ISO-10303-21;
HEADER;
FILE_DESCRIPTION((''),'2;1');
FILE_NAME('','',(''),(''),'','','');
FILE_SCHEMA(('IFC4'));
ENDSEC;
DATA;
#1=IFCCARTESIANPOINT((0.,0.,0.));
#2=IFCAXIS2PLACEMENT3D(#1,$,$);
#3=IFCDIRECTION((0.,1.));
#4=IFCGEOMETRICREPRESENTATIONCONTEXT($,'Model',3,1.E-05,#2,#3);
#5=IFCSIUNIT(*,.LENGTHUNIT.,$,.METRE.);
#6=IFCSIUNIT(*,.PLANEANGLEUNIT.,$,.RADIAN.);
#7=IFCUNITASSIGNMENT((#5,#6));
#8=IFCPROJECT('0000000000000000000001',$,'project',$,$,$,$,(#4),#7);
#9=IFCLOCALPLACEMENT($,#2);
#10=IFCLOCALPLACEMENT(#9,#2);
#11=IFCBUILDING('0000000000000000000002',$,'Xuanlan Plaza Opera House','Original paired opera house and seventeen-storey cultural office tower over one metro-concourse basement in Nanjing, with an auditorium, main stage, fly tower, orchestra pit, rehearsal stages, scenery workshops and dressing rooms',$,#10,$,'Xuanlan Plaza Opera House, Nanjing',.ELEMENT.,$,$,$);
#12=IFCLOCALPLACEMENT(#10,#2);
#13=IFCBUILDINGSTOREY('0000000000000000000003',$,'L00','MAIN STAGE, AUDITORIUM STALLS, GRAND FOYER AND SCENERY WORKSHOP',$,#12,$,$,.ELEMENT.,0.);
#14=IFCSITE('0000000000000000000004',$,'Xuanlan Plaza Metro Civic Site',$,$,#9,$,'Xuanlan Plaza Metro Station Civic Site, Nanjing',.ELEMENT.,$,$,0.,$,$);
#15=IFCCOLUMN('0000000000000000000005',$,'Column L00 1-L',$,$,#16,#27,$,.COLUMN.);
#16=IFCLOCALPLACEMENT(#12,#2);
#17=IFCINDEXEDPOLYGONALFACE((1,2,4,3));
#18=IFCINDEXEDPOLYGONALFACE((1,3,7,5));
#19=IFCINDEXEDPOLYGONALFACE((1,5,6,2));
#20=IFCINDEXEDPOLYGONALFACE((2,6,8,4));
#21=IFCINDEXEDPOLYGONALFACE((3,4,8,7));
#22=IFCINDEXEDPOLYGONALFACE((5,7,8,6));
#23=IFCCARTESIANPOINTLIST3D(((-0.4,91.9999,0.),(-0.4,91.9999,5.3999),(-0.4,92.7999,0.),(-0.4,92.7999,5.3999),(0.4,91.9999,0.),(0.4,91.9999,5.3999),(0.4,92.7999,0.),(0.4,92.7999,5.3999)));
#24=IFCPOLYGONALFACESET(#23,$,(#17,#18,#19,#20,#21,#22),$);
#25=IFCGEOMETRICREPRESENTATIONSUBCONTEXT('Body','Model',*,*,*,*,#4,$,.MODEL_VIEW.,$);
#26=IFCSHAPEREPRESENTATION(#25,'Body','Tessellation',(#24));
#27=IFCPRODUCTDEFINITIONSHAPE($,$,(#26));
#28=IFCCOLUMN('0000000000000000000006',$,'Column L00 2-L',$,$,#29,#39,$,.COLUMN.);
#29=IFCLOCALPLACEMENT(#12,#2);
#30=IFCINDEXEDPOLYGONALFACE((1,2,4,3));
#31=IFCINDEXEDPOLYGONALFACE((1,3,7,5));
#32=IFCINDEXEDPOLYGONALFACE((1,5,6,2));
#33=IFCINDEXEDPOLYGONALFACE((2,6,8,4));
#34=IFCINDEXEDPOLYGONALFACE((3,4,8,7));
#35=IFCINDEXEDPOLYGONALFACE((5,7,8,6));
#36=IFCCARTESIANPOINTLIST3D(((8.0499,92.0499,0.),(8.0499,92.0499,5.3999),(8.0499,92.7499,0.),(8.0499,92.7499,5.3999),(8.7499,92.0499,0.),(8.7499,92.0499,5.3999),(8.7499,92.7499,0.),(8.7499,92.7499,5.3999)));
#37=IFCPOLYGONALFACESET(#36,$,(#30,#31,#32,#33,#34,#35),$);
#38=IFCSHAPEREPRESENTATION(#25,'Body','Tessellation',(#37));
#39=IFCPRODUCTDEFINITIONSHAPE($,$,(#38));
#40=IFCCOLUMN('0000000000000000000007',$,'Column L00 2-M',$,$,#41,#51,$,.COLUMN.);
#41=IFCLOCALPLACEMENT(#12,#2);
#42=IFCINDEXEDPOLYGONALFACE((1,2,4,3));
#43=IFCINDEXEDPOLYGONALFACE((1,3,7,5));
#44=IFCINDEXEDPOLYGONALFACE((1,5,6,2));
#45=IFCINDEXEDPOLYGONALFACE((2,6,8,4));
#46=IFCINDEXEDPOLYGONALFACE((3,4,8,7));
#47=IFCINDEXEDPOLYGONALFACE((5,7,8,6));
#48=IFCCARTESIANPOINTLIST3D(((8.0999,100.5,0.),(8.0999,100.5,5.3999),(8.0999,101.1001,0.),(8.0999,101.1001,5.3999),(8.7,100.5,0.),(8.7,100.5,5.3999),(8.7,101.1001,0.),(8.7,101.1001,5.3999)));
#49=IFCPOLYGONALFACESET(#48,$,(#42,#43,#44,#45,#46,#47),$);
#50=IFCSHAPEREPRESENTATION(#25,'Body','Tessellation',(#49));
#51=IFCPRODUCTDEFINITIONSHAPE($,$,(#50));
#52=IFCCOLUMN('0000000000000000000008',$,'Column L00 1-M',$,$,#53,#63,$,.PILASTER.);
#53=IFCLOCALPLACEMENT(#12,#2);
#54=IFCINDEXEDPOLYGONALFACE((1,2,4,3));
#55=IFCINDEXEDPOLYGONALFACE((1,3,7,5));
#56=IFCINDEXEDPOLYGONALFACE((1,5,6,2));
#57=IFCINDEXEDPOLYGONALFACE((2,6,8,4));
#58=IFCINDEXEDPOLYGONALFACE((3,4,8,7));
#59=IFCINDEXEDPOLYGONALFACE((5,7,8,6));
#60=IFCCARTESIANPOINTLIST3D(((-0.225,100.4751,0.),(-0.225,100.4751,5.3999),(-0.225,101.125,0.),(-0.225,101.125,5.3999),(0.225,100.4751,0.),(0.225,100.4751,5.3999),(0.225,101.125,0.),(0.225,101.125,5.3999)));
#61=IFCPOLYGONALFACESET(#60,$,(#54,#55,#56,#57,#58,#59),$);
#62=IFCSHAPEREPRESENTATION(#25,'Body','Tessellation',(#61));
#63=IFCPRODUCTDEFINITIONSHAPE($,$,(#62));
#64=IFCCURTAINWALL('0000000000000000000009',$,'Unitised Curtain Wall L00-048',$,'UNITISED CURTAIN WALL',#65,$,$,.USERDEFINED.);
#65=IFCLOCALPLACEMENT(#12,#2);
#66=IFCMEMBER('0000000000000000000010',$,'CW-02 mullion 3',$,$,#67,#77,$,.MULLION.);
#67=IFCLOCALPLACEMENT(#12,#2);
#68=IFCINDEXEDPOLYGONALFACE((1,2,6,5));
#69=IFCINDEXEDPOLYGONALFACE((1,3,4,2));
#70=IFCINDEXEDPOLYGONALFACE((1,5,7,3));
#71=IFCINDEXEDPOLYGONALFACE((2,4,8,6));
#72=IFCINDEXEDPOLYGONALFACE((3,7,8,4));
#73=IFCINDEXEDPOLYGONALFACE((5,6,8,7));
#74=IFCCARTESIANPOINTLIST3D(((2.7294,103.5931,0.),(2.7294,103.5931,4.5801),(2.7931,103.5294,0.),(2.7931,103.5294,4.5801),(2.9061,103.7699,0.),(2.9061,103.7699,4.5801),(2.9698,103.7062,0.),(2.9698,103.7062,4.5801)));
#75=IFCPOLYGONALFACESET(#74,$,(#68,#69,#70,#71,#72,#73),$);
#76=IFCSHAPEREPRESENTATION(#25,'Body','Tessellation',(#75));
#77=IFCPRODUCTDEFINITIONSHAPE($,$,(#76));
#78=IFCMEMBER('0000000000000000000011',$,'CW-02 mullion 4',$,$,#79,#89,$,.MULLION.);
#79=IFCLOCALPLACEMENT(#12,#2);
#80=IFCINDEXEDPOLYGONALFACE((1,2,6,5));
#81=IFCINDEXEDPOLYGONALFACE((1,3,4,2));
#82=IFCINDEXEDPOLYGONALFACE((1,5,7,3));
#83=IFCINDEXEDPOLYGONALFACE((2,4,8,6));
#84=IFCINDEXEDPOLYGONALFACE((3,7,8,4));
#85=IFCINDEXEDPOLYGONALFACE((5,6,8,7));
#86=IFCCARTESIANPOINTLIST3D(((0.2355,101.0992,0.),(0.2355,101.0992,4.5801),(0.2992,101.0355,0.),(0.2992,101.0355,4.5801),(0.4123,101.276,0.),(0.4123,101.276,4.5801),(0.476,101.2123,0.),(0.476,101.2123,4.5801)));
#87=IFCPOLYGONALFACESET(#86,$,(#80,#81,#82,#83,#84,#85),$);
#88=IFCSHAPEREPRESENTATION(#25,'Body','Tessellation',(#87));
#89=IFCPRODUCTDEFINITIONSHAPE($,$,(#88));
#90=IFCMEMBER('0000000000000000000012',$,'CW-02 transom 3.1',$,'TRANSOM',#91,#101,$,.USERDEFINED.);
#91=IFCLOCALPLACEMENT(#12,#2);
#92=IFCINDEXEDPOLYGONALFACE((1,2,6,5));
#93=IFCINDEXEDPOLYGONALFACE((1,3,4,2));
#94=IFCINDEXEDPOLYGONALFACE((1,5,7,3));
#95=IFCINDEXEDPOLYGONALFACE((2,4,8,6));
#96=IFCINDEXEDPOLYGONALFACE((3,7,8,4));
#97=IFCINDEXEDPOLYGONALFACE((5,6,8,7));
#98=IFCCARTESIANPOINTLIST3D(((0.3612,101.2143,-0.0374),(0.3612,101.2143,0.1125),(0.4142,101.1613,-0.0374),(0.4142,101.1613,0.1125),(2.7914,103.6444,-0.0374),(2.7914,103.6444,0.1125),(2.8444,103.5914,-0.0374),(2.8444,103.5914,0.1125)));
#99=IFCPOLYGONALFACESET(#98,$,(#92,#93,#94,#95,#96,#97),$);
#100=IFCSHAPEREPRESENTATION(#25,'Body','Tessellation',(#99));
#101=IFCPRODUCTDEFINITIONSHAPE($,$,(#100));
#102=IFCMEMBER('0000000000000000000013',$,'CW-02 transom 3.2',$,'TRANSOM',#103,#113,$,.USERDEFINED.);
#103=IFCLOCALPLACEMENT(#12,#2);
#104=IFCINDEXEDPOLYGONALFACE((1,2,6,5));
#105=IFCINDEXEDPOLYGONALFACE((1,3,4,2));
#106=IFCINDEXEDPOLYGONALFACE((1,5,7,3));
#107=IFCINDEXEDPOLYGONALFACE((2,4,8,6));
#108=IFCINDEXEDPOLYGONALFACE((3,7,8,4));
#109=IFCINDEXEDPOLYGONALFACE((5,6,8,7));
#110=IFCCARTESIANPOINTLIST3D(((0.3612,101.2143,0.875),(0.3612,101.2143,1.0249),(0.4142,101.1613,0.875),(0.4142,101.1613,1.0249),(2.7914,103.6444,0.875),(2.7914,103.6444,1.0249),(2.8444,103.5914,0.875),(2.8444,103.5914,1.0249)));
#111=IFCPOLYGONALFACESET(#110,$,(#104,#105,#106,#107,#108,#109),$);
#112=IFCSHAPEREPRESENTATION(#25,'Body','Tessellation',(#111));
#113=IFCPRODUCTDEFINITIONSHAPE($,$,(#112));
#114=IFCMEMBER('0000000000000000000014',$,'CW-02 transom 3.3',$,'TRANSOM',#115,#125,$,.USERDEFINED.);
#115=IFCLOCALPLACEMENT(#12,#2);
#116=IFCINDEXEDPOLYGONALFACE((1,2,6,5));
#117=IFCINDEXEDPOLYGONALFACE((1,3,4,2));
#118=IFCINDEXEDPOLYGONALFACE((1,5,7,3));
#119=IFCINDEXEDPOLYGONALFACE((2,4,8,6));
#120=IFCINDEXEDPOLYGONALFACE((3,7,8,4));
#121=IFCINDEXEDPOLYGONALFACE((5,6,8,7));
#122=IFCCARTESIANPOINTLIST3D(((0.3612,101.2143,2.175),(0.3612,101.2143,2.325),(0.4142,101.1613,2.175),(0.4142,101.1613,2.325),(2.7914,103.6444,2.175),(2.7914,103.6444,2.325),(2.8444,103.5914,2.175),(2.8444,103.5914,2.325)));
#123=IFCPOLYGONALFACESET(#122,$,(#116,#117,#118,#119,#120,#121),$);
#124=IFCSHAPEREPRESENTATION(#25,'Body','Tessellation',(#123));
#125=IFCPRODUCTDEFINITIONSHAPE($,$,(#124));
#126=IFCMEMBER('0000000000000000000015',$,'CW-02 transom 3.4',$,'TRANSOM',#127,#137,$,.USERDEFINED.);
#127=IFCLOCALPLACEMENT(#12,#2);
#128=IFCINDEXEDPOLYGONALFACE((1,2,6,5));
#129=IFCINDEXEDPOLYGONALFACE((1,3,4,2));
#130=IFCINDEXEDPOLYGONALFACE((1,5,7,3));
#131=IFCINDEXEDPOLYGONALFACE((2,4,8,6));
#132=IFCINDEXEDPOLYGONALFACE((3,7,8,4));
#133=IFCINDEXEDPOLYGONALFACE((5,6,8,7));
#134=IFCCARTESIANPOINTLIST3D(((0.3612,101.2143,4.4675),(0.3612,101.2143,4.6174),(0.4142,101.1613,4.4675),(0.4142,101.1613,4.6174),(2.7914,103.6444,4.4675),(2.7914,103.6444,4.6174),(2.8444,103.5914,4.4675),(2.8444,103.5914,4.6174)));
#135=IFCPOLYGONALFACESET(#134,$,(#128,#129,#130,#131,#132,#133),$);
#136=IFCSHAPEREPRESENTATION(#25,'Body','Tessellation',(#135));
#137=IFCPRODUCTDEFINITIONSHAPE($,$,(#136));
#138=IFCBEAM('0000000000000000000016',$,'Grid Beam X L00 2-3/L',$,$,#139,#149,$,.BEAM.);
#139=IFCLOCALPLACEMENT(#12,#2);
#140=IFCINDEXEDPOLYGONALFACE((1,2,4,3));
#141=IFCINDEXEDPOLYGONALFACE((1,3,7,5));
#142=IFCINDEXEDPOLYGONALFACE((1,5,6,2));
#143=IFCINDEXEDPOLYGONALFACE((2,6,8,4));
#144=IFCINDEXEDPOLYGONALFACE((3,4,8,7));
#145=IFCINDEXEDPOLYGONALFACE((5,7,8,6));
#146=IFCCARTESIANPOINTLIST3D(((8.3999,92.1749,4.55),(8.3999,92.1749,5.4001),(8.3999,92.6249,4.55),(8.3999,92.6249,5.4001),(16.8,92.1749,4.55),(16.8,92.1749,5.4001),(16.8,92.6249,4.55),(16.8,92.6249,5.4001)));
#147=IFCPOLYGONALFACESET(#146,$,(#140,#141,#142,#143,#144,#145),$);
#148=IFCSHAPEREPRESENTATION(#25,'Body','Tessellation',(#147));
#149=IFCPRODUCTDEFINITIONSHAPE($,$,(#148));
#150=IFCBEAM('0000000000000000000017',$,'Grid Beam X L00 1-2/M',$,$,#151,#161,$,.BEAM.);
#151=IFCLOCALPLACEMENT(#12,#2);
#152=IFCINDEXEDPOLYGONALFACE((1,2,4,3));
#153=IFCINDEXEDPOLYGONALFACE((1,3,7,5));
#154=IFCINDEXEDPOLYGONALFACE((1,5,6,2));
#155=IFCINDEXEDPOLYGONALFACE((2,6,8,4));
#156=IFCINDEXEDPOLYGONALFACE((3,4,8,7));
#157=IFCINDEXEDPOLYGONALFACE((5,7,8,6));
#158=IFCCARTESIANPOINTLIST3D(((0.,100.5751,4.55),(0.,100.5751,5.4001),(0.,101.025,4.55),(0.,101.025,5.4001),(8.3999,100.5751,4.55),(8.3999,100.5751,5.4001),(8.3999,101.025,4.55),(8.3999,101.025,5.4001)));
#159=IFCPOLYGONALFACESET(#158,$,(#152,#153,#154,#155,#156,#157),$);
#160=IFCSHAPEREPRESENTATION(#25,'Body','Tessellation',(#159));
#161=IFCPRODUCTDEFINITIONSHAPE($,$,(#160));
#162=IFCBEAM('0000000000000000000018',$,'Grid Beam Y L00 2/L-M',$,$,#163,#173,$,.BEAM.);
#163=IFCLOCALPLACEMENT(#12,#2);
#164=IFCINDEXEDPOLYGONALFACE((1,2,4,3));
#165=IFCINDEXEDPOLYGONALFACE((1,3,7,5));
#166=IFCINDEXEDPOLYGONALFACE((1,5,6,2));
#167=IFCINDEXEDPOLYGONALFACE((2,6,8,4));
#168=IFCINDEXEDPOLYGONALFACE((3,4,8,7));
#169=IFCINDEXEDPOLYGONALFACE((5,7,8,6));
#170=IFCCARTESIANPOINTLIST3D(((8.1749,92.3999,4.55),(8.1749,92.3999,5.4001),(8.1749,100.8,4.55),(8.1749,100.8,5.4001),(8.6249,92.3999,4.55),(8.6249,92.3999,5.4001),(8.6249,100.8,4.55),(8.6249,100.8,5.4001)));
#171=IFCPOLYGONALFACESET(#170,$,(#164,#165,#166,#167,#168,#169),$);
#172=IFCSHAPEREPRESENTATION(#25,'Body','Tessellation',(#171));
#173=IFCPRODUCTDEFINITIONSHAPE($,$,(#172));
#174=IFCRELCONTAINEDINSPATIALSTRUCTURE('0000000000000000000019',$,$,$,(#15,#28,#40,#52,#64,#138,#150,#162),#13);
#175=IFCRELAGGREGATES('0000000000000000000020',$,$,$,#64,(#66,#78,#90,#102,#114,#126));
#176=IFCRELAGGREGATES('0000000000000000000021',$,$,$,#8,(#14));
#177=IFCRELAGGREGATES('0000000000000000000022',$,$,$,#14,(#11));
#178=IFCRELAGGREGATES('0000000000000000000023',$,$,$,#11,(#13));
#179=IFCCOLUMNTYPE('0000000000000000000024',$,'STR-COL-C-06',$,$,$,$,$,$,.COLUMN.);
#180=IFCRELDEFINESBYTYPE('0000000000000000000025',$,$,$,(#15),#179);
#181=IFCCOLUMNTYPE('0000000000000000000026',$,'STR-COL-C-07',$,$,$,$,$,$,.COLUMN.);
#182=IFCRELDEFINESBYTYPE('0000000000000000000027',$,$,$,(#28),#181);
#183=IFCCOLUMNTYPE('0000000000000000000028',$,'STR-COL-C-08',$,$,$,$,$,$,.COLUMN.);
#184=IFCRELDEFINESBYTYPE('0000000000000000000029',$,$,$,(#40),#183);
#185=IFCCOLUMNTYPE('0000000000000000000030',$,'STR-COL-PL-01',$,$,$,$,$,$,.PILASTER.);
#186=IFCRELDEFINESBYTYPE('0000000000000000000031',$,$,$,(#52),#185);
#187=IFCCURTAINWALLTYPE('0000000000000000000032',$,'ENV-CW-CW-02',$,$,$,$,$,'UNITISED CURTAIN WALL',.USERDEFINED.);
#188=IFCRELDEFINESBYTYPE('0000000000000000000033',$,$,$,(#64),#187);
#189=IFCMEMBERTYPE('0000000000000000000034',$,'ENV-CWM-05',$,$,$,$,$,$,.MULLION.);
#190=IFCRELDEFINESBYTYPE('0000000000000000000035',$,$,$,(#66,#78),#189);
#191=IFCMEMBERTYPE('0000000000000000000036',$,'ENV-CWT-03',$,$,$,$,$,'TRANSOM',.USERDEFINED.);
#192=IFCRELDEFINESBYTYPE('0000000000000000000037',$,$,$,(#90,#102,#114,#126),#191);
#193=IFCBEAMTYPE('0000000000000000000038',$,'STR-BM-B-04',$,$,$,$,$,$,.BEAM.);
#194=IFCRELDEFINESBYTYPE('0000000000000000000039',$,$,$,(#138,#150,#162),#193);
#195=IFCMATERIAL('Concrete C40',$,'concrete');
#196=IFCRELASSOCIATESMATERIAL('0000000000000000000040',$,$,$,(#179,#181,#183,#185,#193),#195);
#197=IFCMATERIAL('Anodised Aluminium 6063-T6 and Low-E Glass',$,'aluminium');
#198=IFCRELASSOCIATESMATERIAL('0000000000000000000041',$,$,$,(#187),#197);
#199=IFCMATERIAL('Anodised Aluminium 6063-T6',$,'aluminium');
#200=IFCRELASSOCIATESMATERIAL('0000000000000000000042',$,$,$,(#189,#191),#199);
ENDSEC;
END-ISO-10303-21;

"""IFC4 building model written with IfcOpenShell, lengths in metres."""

from ifc_helpers import new_model, si_unit, direction, frame, origin, origin_2d, place, context, subcontext, project, spatial, rectangle, extrude, material, material_profile, profile_set, type_object, element, aggregate, save


model = new_model("IFC4")

# Units and contexts
model_context = context("Model", 3, precision=1e-05, world=origin(), true_north=direction((0.0, 1.0)))
body_context = subcontext(model_context, "Body", "Model", "MODEL_VIEW")
ifc_project = project(units=[si_unit("LENGTHUNIT", "METRE"), si_unit("PLANEANGLEUNIT", "RADIAN")], contexts=[model_context])

# Site, building, storey
site_placement = place(None, origin())
site = spatial("IfcSite", under=ifc_project, at=site_placement, Name="Xuanlan Plaza Metro Civic Site", LongName="Xuanlan Plaza Metro Station Civic Site, Nanjing", CompositionType="ELEMENT", RefElevation=0.0)
building_placement = place(site_placement, origin())
building = spatial("IfcBuilding", under=site, at=building_placement, Name="Xuanlan Plaza Opera House", Description="Original paired opera house and seventeen-storey cultural office tower over one metro-concourse basement in Nanjing, with an auditorium, main stage, fly tower, orchestra pit, rehearsal stages, scenery workshops and dressing rooms", LongName="Xuanlan Plaza Opera House, Nanjing", CompositionType="ELEMENT")
storey_placement = place(building_placement, origin())
storey = spatial("IfcBuildingStorey", under=building, at=storey_placement, Name="L00", Description="MAIN STAGE, AUDITORIUM STALLS, GRAND FOYER AND SCENERY WORKSHOP", CompositionType="ELEMENT", Elevation=0.0)

# Columns
ifc_material_1 = material(Name="Concrete C40", Category="concrete")
ifc_material_profile_1 = material_profile(ifc_material_1, rectangle(XDim=0.8, YDim=0.8, at=origin_2d()), Name="RC-COL 800x800")
ifc_profile_set_1 = profile_set([ifc_material_profile_1], Name="Concrete C40")
column_type_1 = type_object("IfcColumnType", Name="STR-COL-C-06", PredefinedType="COLUMN", material=ifc_profile_set_1)
column_1_placement = place(storey_placement, frame((0.0, 92.3999, 0.0), z_axis=(0.0, 0.0, 1.0), x_axis=(1.0, 0.0, 0.0)))
element("IfcColumn", 1, at=column_1_placement, inside=storey, type_object=column_type_1, Name="Column L00 1-L", PredefinedType="COLUMN", context=body_context, shape_type="SweptSolid", body=[
    extrude(rectangle(XDim=0.8, YDim=0.8, at=origin_2d()), origin(), (0.0, 0.0, 1.0), 5.3999),
])
ifc_material_profile_2 = material_profile(ifc_material_1, rectangle(XDim=0.7, YDim=0.7, at=origin_2d()), Name="RC-COL 700x700")
ifc_profile_set_2 = profile_set([ifc_material_profile_2], Name="Concrete C40")
column_type_2 = type_object("IfcColumnType", Name="STR-COL-C-07", PredefinedType="COLUMN", material=ifc_profile_set_2)
column_2_placement = place(storey_placement, frame((8.3999, 92.3999, 0.0), z_axis=(0.0, 0.0, 1.0), x_axis=(1.0, 0.0, 0.0)))
element("IfcColumn", 2, at=column_2_placement, inside=storey, type_object=column_type_2, Name="Column L00 2-L", PredefinedType="COLUMN", context=body_context, shape_type="SweptSolid", body=[
    extrude(rectangle(XDim=0.7, YDim=0.7, at=origin_2d()), origin(), (0.0, 0.0, 1.0), 5.3999),
])
ifc_material_profile_3 = material_profile(ifc_material_1, rectangle(XDim=0.6001, YDim=0.6001, at=origin_2d()), Name="RC-COL 600x600")
ifc_profile_set_3 = profile_set([ifc_material_profile_3], Name="Concrete C40")
column_type_3 = type_object("IfcColumnType", Name="STR-COL-C-08", PredefinedType="COLUMN", material=ifc_profile_set_3)
column_3_placement = place(storey_placement, frame((8.3999, 100.8, 0.0), z_axis=(0.0, 0.0, 1.0), x_axis=(1.0, 0.0, 0.0)))
element("IfcColumn", 3, at=column_3_placement, inside=storey, type_object=column_type_3, Name="Column L00 2-M", PredefinedType="COLUMN", context=body_context, shape_type="SweptSolid", body=[
    extrude(rectangle(XDim=0.6001, YDim=0.6001, at=origin_2d()), origin(), (0.0, 0.0, 1.0), 5.3999),
])
ifc_material_profile_4 = material_profile(ifc_material_1, rectangle(XDim=0.45, YDim=0.6499, at=origin_2d()), Name="RC-PIL 450x650")
ifc_profile_set_4 = profile_set([ifc_material_profile_4], Name="Concrete C40")
column_type_4 = type_object("IfcColumnType", Name="STR-COL-PL-01", PredefinedType="PILASTER", material=ifc_profile_set_4)
column_4_placement = place(storey_placement, frame((0.0, 100.8, 0.0), z_axis=(0.0, 0.0, 1.0), x_axis=(1.0, 0.0, 0.0)))
element("IfcColumn", 4, at=column_4_placement, inside=storey, type_object=column_type_4, Name="Column L00 1-M", PredefinedType="PILASTER", context=body_context, shape_type="SweptSolid", body=[
    extrude(rectangle(XDim=0.45, YDim=0.6499, at=origin_2d()), origin(), (0.0, 0.0, 1.0), 5.3999),
])

# Curtain wall, members
ifc_material_2 = material(Name="Anodised Aluminium 6063-T6 and Low-E Glass", Category="aluminium")
curtain_wall_type = type_object("IfcCurtainWallType", Name="ENV-CW-CW-02", ElementType="UNITISED CURTAIN WALL", PredefinedType="USERDEFINED", material=ifc_material_2)
curtain_wall_placement = place(storey_placement, origin())
curtain_wall = element("IfcCurtainWall", 5, at=curtain_wall_placement, inside=storey, type_object=curtain_wall_type, Name="Unitised Curtain Wall L00-048", ObjectType="UNITISED CURTAIN WALL", PredefinedType="USERDEFINED")
ifc_material_3 = material(Name="Anodised Aluminium 6063-T6", Category="aluminium")
ifc_material_profile_5 = material_profile(ifc_material_3, rectangle(XDim=0.0901, YDim=0.25, at=origin_2d()), Name="ALU-M 90x250")
ifc_profile_set_5 = profile_set([ifc_material_profile_5], Name="Anodised Aluminium 6063-T6")
member_type_1 = type_object("IfcMemberType", Name="ENV-CWM-05", PredefinedType="MULLION", material=ifc_profile_set_5)
member_1_placement = place(storey_placement, frame((2.8496, 103.6497, 0.0), z_axis=(0.0, 0.0, 1.0), x_axis=(0.707107, -0.707107, 0.0)))
member_1 = element("IfcMember", 6, at=member_1_placement, type_object=member_type_1, Name="CW-02 mullion 3", PredefinedType="MULLION", context=body_context, shape_type="SweptSolid", body=[
    extrude(rectangle(XDim=0.0901, YDim=0.25, at=origin_2d()), origin(), (0.0, 0.0, 1.0), 4.5801),
])
member_2_placement = place(storey_placement, frame((0.3557, 101.1558, 0.0), z_axis=(0.0, 0.0, 1.0), x_axis=(0.707107, -0.707107, 0.0)))
member_2 = element("IfcMember", 7, at=member_2_placement, type_object=member_type_1, Name="CW-02 mullion 4", PredefinedType="MULLION", context=body_context, shape_type="SweptSolid", body=[
    extrude(rectangle(XDim=0.0901, YDim=0.25, at=origin_2d()), origin(), (0.0, 0.0, 1.0), 4.5801),
])
ifc_material_profile_6 = material_profile(ifc_material_3, rectangle(XDim=0.075, YDim=0.1499, at=origin_2d()), Name="ALU-T 75x150")
ifc_profile_set_6 = profile_set([ifc_material_profile_6], Name="Anodised Aluminium 6063-T6")
member_type_2 = type_object("IfcMemberType", Name="ENV-CWT-03", ElementType="TRANSOM", PredefinedType="USERDEFINED", material=ifc_profile_set_6)
member_3_placement = place(storey_placement, frame((2.8179, 103.6179, 0.0376), z_axis=(-0.707107, -0.707107, 0.0), x_axis=(0.707107, -0.707107, 0.0)))
member_3 = element("IfcMember", 8, at=member_3_placement, type_object=member_type_2, Name="CW-02 transom 3.1", ObjectType="TRANSOM", PredefinedType="USERDEFINED", context=body_context, shape_type="SweptSolid", body=[
    extrude(rectangle(XDim=0.075, YDim=0.1499, at=origin_2d()), origin(), (0.0, 0.0, 1.0), 3.4368),
])
member_4_placement = place(storey_placement, frame((2.8179, 103.6179, 0.95), z_axis=(-0.707107, -0.707107, 0.0), x_axis=(0.707107, -0.707107, 0.0)))
member_4 = element("IfcMember", 9, at=member_4_placement, type_object=member_type_2, Name="CW-02 transom 3.2", ObjectType="TRANSOM", PredefinedType="USERDEFINED", context=body_context, shape_type="SweptSolid", body=[
    extrude(rectangle(XDim=0.075, YDim=0.1499, at=origin_2d()), origin(), (0.0, 0.0, 1.0), 3.4368),
])
member_5_placement = place(storey_placement, frame((2.8179, 103.6179, 2.25), z_axis=(-0.707107, -0.707107, 0.0), x_axis=(0.707107, -0.707107, 0.0)))
member_5 = element("IfcMember", 10, at=member_5_placement, type_object=member_type_2, Name="CW-02 transom 3.3", ObjectType="TRANSOM", PredefinedType="USERDEFINED", context=body_context, shape_type="SweptSolid", body=[
    extrude(rectangle(XDim=0.075, YDim=0.1499, at=origin_2d()), origin(), (0.0, 0.0, 1.0), 3.4368),
])
member_6_placement = place(storey_placement, frame((2.8179, 103.6179, 4.5425), z_axis=(-0.707107, -0.707107, 0.0), x_axis=(0.707107, -0.707107, 0.0)))
member_6 = element("IfcMember", 11, at=member_6_placement, type_object=member_type_2, Name="CW-02 transom 3.4", ObjectType="TRANSOM", PredefinedType="USERDEFINED", context=body_context, shape_type="SweptSolid", body=[
    extrude(rectangle(XDim=0.075, YDim=0.1499, at=origin_2d()), origin(), (0.0, 0.0, 1.0), 3.4368),
])

# Beams
ifc_material_profile_7 = material_profile(ifc_material_1, rectangle(XDim=0.45, YDim=0.8501, at=origin_2d()), Name="RC-BM 450x850")
ifc_profile_set_7 = profile_set([ifc_material_profile_7], Name="Concrete C40")
beam_type_1 = type_object("IfcBeamType", Name="STR-BM-B-04", PredefinedType="BEAM", material=ifc_profile_set_7)
beam_1_placement = place(storey_placement, frame((8.3999, 92.3999, 4.9751), z_axis=(1.0, 0.0, 0.0), x_axis=(0.0, 1.0, 0.0)))
element("IfcBeam", 12, at=beam_1_placement, inside=storey, type_object=beam_type_1, Name="Grid Beam X L00 2-3/L", PredefinedType="BEAM", context=body_context, shape_type="SweptSolid", body=[
    extrude(rectangle(XDim=0.45, YDim=0.8501, at=origin_2d()), origin(), (0.0, 0.0, 1.0), 8.4001),
])
beam_2_placement = place(storey_placement, frame((0.0, 100.8, 4.9751), z_axis=(1.0, 0.0, 0.0), x_axis=(0.0, 1.0, 0.0)))
element("IfcBeam", 13, at=beam_2_placement, inside=storey, type_object=beam_type_1, Name="Grid Beam X L00 1-2/M", PredefinedType="BEAM", context=body_context, shape_type="SweptSolid", body=[
    extrude(rectangle(XDim=0.45, YDim=0.8501, at=origin_2d()), origin(), (0.0, 0.0, 1.0), 8.3999),
])
beam_3_placement = place(storey_placement, frame((8.3999, 92.3999, 4.9751), z_axis=(0.0, 1.0, 0.0), x_axis=(-1.0, 0.0, 0.0)))
element("IfcBeam", 14, at=beam_3_placement, inside=storey, type_object=beam_type_1, Name="Grid Beam Y L00 2/L-M", PredefinedType="BEAM", context=body_context, shape_type="SweptSolid", body=[
    extrude(rectangle(XDim=0.45, YDim=0.8501, at=origin_2d()), origin(), (0.0, 0.0, 1.0), 8.4001),
])

aggregate(curtain_wall, [member_1, member_2, member_3, member_4, member_5, member_6])

save(model, "model.ifc")
